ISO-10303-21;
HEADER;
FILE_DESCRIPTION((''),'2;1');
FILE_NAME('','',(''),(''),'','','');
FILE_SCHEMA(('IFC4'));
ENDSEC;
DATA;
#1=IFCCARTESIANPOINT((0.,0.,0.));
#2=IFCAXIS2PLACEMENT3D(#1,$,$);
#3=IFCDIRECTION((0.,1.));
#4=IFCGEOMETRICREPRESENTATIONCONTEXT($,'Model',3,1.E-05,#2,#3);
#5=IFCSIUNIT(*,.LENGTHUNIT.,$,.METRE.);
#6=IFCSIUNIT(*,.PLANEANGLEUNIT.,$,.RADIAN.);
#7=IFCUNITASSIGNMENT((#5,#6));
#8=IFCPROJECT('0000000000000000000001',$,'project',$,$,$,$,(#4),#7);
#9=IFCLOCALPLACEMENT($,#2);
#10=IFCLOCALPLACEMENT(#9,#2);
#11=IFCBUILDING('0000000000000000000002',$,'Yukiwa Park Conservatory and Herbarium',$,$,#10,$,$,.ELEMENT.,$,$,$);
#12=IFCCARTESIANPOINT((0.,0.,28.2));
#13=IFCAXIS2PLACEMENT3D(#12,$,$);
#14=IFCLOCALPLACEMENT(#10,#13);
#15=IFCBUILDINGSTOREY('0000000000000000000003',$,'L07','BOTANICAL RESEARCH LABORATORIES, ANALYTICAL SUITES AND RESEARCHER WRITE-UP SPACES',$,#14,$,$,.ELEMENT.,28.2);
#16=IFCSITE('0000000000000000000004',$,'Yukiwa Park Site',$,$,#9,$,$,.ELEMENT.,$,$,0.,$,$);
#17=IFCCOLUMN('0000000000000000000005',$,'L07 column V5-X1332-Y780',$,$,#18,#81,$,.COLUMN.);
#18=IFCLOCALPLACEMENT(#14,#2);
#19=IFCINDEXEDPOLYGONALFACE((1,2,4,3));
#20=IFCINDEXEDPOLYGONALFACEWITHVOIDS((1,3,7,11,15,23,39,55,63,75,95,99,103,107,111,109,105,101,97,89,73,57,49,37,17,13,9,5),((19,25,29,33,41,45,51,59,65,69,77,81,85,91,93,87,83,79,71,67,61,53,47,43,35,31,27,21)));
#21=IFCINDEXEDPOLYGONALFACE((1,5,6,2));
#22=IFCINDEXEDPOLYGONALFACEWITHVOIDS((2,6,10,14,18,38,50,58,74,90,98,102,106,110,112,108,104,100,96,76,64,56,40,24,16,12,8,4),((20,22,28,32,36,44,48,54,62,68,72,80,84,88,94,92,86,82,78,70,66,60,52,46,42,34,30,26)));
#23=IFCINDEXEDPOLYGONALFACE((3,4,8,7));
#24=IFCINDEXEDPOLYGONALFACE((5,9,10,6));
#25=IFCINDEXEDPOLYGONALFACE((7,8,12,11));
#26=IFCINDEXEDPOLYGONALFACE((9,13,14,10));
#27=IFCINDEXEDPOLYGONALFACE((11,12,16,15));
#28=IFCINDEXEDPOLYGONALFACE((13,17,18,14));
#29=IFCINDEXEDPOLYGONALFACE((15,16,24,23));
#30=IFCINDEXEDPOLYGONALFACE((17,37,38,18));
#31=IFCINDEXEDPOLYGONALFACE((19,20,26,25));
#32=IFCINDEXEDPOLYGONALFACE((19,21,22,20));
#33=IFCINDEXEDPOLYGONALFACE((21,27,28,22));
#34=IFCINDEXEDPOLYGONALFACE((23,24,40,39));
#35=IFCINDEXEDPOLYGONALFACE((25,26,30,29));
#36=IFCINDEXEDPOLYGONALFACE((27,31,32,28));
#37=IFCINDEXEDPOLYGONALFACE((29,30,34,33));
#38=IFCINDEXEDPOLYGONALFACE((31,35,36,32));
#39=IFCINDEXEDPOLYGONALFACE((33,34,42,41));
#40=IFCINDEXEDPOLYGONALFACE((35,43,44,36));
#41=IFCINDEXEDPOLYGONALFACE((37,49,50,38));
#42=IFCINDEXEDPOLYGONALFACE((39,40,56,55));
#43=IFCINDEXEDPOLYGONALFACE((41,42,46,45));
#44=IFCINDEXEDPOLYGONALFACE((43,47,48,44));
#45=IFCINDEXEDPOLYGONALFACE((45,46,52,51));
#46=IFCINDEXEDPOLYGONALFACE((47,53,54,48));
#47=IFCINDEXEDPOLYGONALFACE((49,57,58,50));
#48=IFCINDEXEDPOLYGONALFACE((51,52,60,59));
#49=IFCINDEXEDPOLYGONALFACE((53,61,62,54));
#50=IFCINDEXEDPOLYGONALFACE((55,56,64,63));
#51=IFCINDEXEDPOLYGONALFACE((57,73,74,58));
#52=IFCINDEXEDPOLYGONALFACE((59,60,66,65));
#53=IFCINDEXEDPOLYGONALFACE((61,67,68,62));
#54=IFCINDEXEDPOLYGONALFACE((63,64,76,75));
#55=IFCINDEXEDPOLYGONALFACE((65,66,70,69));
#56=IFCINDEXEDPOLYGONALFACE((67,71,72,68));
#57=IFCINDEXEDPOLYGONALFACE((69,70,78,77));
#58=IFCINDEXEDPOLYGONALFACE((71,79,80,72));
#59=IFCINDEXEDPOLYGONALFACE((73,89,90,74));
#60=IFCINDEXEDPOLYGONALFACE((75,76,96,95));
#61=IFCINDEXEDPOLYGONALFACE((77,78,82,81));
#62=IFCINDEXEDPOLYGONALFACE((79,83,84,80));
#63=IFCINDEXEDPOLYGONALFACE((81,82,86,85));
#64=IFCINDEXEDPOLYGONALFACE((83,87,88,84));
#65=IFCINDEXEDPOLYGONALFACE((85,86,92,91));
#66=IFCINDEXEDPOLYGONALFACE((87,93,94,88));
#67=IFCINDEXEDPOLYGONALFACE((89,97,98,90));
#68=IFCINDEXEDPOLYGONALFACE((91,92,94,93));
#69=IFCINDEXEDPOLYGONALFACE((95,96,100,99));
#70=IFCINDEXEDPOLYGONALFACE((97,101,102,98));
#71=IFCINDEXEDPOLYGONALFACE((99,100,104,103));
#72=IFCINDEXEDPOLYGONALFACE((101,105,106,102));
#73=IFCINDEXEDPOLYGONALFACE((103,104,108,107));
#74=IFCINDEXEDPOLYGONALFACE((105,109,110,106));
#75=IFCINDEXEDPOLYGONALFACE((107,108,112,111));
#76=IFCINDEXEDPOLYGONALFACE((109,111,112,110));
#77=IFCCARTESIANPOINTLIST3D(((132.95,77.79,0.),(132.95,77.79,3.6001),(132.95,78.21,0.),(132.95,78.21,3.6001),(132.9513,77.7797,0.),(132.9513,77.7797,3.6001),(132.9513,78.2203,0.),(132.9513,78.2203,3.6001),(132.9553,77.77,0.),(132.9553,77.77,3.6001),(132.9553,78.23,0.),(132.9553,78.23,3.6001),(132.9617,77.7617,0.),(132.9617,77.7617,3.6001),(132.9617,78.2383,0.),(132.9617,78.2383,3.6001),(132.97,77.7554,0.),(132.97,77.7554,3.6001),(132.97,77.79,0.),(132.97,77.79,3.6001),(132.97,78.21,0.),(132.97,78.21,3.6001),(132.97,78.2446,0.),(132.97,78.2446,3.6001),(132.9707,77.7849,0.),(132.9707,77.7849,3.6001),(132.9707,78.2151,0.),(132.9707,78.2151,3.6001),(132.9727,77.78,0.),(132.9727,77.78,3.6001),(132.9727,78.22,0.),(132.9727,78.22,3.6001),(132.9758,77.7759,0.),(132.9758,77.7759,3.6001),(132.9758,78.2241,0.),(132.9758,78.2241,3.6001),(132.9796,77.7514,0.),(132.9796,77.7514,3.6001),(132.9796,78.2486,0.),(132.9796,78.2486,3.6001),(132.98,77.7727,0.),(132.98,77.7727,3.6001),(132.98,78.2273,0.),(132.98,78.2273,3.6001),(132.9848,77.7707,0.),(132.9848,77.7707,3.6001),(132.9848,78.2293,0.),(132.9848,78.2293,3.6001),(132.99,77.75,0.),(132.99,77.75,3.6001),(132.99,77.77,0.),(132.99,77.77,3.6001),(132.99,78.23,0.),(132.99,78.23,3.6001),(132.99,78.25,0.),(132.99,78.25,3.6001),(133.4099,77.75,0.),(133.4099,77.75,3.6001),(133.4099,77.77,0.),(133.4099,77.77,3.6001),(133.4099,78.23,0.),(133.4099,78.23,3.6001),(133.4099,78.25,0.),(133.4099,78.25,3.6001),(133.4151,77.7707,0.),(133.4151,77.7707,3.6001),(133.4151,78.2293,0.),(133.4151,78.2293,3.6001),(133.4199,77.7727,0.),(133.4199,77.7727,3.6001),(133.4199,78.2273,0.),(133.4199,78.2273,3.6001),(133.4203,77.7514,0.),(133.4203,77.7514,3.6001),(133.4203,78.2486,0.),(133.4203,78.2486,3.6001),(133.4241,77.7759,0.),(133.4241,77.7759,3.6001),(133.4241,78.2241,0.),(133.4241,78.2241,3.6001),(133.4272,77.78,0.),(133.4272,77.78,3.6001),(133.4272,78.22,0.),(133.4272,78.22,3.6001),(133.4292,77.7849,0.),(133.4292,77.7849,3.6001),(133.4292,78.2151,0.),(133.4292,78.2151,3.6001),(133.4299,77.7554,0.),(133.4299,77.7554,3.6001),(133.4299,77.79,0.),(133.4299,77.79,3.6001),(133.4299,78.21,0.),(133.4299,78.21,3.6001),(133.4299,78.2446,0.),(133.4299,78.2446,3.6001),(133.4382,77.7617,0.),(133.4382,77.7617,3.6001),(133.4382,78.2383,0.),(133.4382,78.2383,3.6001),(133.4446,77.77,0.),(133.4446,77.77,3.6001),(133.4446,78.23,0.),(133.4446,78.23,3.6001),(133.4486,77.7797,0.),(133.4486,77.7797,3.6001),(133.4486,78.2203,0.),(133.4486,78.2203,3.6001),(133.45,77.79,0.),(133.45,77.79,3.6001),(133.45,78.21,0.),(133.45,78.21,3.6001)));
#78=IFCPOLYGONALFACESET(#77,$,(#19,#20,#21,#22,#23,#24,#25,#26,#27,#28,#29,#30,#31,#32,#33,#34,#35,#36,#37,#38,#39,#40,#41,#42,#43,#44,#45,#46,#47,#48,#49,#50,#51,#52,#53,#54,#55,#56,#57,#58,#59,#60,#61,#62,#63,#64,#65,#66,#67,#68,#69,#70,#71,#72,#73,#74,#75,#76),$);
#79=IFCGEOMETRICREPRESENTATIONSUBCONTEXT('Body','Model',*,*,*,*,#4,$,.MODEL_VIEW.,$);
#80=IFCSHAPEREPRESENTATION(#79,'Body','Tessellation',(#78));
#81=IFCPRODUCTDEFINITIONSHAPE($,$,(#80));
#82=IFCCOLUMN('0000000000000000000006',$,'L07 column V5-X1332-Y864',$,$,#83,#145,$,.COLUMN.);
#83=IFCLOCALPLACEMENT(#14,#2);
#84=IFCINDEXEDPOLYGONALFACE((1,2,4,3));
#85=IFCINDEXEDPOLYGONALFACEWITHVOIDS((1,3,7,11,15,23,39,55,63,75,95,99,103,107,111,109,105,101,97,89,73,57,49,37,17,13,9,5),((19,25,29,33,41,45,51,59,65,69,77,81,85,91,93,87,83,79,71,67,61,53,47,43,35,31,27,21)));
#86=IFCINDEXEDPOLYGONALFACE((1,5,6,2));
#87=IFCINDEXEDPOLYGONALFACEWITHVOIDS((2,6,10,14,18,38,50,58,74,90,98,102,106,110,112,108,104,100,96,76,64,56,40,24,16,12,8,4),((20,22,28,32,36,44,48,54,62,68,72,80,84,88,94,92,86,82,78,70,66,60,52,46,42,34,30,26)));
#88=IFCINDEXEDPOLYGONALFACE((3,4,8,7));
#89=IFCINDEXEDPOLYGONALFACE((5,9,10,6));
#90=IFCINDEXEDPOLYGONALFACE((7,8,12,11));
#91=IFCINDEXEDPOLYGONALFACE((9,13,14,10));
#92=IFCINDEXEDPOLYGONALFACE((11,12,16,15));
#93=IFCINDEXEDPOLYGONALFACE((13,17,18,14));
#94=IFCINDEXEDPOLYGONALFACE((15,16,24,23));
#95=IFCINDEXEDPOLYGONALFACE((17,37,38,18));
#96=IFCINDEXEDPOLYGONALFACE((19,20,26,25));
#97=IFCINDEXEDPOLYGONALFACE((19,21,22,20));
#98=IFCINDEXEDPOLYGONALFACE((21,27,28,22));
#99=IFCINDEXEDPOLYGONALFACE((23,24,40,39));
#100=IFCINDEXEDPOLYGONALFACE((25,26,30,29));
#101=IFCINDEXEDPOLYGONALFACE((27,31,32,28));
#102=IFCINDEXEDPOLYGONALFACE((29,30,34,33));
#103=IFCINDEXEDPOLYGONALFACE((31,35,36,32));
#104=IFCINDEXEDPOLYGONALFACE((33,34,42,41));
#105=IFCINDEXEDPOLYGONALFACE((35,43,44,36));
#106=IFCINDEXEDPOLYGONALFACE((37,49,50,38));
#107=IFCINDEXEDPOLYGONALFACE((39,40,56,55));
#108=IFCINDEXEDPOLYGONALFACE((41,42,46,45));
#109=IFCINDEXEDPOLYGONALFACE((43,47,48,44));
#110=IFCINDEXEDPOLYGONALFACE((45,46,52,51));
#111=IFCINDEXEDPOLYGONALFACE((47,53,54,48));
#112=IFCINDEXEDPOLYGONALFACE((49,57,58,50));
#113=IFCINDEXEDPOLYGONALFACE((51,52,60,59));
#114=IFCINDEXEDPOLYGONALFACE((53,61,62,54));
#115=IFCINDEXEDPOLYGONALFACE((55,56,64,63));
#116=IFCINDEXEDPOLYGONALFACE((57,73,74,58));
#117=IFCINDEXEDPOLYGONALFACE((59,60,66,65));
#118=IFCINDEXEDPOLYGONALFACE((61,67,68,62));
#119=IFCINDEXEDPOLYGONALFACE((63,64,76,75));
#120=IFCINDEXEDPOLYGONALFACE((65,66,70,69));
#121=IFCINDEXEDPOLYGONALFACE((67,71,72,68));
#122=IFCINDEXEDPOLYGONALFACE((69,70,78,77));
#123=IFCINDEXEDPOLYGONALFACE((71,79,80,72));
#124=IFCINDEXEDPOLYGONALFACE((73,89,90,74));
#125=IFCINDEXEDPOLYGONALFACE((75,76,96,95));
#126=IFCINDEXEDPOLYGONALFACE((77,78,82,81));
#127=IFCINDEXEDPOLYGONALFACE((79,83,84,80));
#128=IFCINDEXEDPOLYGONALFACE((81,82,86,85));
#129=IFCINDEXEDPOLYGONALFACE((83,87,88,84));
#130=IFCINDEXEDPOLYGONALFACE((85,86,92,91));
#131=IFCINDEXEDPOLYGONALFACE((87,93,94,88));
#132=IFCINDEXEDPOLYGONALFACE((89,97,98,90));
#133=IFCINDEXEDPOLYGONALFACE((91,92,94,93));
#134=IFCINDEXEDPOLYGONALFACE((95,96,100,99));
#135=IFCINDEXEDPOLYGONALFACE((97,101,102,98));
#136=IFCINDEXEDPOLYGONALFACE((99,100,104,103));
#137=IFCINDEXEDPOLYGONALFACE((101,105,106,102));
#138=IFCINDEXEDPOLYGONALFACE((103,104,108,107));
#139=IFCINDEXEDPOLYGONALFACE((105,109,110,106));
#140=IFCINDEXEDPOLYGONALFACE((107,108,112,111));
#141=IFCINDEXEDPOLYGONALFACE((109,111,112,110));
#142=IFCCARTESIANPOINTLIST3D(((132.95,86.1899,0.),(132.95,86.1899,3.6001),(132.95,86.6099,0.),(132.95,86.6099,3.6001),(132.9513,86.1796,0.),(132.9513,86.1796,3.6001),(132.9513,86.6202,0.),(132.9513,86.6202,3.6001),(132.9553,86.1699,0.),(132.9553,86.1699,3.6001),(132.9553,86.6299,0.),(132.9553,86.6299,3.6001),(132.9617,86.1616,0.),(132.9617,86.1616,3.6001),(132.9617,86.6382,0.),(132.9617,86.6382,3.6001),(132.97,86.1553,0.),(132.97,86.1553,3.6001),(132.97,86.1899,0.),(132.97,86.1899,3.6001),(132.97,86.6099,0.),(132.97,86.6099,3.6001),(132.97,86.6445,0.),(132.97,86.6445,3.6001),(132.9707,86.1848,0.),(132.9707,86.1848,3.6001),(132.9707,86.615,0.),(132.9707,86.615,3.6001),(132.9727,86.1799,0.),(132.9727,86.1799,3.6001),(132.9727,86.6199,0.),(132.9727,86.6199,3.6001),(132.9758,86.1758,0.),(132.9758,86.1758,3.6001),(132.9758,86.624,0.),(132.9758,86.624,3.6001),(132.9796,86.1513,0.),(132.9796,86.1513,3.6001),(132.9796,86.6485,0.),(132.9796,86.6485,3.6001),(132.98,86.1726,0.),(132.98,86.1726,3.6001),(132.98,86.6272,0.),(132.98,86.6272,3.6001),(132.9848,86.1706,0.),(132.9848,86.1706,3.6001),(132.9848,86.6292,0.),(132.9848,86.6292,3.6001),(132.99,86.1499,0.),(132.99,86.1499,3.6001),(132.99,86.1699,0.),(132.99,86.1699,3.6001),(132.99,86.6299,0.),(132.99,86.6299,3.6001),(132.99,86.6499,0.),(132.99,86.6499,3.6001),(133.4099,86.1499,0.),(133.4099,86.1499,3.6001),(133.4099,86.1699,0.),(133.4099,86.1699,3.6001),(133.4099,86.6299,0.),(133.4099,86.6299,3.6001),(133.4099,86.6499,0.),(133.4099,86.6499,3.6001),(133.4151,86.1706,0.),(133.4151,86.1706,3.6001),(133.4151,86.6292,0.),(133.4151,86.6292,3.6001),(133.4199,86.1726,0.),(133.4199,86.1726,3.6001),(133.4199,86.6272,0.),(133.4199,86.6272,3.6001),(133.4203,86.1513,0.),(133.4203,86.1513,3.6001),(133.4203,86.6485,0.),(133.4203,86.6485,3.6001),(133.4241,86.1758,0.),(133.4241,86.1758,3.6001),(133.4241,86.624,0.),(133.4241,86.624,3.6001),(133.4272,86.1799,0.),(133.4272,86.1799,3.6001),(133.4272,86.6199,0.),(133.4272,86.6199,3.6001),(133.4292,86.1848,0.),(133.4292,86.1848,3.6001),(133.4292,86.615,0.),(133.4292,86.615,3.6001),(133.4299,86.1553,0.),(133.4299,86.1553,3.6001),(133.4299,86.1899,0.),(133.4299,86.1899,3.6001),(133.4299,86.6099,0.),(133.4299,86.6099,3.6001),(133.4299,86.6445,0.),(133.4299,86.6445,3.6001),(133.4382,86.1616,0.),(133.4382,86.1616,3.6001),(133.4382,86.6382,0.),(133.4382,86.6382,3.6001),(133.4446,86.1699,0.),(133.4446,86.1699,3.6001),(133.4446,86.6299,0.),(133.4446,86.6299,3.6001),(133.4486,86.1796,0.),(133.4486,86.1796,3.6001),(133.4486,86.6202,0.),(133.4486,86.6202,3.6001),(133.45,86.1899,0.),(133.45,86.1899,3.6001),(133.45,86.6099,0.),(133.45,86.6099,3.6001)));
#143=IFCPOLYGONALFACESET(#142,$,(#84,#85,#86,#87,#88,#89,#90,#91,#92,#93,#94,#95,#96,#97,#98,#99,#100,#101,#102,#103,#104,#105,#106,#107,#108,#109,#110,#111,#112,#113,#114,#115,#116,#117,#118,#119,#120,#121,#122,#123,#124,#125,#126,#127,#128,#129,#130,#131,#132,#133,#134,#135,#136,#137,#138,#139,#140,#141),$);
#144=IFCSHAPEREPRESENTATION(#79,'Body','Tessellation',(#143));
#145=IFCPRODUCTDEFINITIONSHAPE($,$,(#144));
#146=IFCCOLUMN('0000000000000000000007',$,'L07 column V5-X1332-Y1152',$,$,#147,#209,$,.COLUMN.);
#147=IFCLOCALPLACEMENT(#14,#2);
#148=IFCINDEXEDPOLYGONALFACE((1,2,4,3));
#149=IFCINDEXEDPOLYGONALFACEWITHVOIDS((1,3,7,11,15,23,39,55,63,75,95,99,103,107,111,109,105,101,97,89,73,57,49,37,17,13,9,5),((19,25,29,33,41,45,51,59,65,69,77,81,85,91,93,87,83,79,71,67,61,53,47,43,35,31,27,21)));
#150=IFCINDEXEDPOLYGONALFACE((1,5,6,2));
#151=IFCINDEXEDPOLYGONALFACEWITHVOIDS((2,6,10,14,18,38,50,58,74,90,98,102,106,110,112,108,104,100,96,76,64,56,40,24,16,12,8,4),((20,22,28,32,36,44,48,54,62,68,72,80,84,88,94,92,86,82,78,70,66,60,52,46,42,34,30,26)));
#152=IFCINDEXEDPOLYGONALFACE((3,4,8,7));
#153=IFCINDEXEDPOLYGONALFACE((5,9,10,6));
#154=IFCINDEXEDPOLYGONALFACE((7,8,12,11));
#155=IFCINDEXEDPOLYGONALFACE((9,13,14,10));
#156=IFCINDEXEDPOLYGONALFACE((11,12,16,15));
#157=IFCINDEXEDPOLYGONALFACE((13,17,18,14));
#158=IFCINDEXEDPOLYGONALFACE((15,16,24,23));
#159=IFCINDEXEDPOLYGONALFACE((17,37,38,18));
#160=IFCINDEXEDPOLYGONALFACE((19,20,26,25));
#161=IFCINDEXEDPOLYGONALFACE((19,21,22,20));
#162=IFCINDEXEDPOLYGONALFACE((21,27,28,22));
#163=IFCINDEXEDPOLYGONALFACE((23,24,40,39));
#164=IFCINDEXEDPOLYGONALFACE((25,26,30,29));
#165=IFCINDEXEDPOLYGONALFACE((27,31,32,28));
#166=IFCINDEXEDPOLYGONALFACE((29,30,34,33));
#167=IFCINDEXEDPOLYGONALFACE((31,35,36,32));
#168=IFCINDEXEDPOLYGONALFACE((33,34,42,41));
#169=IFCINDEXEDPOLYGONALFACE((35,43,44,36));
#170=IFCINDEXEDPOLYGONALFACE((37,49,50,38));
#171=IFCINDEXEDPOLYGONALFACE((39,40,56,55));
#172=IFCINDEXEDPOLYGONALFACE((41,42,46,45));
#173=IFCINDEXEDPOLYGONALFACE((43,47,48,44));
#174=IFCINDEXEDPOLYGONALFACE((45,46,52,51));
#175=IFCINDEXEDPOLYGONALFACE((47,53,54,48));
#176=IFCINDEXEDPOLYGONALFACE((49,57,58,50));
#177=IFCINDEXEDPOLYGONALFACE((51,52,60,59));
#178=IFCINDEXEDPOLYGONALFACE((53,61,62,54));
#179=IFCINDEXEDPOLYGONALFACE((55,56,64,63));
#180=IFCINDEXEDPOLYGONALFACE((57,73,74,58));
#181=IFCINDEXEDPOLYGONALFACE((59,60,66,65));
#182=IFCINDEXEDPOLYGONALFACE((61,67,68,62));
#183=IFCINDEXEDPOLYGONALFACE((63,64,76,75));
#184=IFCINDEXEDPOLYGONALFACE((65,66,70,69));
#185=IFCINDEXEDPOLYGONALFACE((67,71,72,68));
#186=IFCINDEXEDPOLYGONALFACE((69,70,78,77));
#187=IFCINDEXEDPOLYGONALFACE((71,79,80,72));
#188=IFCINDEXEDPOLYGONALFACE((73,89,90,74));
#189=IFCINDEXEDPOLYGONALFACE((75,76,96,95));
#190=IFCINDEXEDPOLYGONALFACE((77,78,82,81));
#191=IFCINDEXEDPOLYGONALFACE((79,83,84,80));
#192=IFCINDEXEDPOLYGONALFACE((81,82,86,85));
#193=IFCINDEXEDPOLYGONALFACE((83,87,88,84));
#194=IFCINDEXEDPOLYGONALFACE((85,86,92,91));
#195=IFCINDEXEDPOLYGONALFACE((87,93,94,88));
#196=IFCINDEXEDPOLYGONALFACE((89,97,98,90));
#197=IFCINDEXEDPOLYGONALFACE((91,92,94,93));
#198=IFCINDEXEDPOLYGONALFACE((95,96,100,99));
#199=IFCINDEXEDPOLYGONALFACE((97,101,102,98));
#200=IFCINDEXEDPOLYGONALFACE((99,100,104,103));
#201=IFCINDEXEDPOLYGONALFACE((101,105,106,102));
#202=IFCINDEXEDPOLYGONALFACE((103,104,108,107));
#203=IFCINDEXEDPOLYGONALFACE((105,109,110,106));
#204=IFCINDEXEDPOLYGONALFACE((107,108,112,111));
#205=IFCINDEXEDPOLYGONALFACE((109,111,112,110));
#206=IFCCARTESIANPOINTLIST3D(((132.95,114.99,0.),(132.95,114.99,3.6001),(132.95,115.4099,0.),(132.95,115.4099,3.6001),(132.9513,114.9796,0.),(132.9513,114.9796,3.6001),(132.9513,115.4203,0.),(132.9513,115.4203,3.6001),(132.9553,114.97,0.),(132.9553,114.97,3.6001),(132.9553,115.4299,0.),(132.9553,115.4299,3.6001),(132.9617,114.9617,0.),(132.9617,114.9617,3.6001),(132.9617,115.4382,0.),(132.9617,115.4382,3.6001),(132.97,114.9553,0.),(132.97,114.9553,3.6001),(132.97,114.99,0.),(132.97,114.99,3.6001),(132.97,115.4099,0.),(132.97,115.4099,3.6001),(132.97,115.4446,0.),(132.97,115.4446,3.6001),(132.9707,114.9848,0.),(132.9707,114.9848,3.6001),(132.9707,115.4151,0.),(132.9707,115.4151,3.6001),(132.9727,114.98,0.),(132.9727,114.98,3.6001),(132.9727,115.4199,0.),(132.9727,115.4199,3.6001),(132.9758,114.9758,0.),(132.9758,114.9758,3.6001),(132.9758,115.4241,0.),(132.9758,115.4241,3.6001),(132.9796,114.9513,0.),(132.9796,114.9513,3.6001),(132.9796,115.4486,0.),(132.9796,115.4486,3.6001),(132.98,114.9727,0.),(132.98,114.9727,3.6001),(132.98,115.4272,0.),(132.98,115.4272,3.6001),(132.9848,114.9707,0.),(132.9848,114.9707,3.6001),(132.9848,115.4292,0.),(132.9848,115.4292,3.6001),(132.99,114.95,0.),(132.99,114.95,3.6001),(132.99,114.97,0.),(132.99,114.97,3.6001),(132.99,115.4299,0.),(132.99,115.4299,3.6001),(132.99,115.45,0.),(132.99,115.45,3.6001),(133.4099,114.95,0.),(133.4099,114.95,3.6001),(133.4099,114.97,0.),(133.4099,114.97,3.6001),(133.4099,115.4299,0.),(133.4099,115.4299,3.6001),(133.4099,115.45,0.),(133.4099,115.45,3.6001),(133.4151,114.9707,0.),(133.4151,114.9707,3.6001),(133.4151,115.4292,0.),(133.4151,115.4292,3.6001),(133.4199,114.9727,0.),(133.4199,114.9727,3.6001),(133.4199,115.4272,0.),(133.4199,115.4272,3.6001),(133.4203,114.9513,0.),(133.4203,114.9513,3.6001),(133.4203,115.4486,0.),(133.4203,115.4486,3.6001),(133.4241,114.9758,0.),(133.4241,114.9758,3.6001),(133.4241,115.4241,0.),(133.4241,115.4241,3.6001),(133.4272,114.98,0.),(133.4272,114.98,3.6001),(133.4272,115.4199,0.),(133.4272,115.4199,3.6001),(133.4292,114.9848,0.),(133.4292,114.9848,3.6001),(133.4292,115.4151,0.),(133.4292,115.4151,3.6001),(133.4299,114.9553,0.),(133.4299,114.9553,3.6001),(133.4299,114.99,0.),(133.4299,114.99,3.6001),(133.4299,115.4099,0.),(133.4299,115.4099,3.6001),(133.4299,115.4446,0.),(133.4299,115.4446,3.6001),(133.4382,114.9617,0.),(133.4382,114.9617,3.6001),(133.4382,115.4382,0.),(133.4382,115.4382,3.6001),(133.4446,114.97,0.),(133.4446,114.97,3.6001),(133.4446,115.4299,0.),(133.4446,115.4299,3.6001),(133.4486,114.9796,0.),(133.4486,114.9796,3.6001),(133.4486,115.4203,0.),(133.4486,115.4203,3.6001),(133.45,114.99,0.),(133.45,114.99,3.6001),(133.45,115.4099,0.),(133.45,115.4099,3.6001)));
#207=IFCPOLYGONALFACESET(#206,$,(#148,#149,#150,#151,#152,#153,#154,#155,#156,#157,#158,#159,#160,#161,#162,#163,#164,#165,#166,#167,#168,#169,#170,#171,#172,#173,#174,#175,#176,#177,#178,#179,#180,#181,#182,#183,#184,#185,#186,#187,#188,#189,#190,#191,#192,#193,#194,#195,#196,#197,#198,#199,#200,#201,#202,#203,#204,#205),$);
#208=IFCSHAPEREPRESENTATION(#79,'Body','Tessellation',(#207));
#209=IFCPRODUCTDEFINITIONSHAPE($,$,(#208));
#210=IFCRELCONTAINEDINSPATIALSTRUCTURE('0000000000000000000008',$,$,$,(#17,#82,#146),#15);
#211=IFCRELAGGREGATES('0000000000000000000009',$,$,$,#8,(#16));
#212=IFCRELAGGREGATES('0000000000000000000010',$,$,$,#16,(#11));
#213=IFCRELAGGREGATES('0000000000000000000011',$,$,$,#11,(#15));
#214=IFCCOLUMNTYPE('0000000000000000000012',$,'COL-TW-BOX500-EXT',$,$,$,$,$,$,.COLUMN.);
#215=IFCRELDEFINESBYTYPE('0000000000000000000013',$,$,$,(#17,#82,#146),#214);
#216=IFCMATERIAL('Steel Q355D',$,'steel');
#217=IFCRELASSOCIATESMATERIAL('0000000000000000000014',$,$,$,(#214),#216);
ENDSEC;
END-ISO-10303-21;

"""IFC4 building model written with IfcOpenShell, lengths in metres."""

from ifc_helpers import new_model, si_unit, direction, frame, origin, origin_2d, place, context, subcontext, project, spatial, hollow_rectangle, extrude, material, material_profile, profile_set, type_object, element, save


model = new_model("IFC4")

# Units and contexts
model_context = context("Model", 3, precision=1e-05, world=origin(), true_north=direction((0.0, 1.0)))
body_context = subcontext(model_context, "Body", "Model", "MODEL_VIEW")
ifc_project = project(units=[si_unit("LENGTHUNIT", "METRE"), si_unit("PLANEANGLEUNIT", "RADIAN")], contexts=[model_context])

# Site, building, storey
site_placement = place(None, origin())
site = spatial("IfcSite", under=ifc_project, at=site_placement, Name="Yukiwa Park Site", CompositionType="ELEMENT", RefElevation=0.0)
building_placement = place(site_placement, origin())
building = spatial("IfcBuilding", under=site, at=building_placement, Name="Yukiwa Park Conservatory and Herbarium", CompositionType="ELEMENT")
storey_placement = place(building_placement, frame((0.0, 0.0, 28.2)))
storey = spatial("IfcBuildingStorey", under=building, at=storey_placement, Name="L07", Description="BOTANICAL RESEARCH LABORATORIES, ANALYTICAL SUITES AND RESEARCHER WRITE-UP SPACES", CompositionType="ELEMENT", Elevation=28.2)

# Columns
ifc_material_1 = material(Name="Steel Q355D", Category="steel")
ifc_material_profile_1 = material_profile(ifc_material_1, hollow_rectangle(XDim=0.5, YDim=0.5, WallThickness=0.02, InnerFilletRadius=0.02, OuterFilletRadius=0.04, at=origin_2d()), Name="BOX 500x500x20")
ifc_profile_set_1 = profile_set([ifc_material_profile_1], Name="Steel Q355D")
column_type_1 = type_object("IfcColumnType", Name="COL-TW-BOX500-EXT", PredefinedType="COLUMN", material=ifc_profile_set_1)
for number, where, z_axis, x_axis, name in (
    (1, (133.2, 78.0, 0.0), (0.0, 0.0, 1.0), (1.0, 0.0, 0.0), "L07 column V5-X1332-Y780"),
    (2, (133.2, 86.3999, 0.0), (0.0, 0.0, 1.0), (1.0, 0.0, 0.0), "L07 column V5-X1332-Y864"),
    (3, (133.2, 115.2, 0.0), (0.0, 0.0, 1.0), (1.0, 0.0, 0.0), "L07 column V5-X1332-Y1152"),
):
    element("IfcColumn", number, at=place(storey_placement, frame(where, z_axis=z_axis, x_axis=x_axis)), inside=storey, type_object=column_type_1, Name=name, PredefinedType="COLUMN", context=body_context, shape_type="SweptSolid", body=[
        extrude(hollow_rectangle(XDim=0.5, YDim=0.5, WallThickness=0.02, InnerFilletRadius=0.02, OuterFilletRadius=0.04, at=origin_2d()), origin(), (0.0, 0.0, 1.0), 3.6001),
    ])

save(model, "model.ifc")
